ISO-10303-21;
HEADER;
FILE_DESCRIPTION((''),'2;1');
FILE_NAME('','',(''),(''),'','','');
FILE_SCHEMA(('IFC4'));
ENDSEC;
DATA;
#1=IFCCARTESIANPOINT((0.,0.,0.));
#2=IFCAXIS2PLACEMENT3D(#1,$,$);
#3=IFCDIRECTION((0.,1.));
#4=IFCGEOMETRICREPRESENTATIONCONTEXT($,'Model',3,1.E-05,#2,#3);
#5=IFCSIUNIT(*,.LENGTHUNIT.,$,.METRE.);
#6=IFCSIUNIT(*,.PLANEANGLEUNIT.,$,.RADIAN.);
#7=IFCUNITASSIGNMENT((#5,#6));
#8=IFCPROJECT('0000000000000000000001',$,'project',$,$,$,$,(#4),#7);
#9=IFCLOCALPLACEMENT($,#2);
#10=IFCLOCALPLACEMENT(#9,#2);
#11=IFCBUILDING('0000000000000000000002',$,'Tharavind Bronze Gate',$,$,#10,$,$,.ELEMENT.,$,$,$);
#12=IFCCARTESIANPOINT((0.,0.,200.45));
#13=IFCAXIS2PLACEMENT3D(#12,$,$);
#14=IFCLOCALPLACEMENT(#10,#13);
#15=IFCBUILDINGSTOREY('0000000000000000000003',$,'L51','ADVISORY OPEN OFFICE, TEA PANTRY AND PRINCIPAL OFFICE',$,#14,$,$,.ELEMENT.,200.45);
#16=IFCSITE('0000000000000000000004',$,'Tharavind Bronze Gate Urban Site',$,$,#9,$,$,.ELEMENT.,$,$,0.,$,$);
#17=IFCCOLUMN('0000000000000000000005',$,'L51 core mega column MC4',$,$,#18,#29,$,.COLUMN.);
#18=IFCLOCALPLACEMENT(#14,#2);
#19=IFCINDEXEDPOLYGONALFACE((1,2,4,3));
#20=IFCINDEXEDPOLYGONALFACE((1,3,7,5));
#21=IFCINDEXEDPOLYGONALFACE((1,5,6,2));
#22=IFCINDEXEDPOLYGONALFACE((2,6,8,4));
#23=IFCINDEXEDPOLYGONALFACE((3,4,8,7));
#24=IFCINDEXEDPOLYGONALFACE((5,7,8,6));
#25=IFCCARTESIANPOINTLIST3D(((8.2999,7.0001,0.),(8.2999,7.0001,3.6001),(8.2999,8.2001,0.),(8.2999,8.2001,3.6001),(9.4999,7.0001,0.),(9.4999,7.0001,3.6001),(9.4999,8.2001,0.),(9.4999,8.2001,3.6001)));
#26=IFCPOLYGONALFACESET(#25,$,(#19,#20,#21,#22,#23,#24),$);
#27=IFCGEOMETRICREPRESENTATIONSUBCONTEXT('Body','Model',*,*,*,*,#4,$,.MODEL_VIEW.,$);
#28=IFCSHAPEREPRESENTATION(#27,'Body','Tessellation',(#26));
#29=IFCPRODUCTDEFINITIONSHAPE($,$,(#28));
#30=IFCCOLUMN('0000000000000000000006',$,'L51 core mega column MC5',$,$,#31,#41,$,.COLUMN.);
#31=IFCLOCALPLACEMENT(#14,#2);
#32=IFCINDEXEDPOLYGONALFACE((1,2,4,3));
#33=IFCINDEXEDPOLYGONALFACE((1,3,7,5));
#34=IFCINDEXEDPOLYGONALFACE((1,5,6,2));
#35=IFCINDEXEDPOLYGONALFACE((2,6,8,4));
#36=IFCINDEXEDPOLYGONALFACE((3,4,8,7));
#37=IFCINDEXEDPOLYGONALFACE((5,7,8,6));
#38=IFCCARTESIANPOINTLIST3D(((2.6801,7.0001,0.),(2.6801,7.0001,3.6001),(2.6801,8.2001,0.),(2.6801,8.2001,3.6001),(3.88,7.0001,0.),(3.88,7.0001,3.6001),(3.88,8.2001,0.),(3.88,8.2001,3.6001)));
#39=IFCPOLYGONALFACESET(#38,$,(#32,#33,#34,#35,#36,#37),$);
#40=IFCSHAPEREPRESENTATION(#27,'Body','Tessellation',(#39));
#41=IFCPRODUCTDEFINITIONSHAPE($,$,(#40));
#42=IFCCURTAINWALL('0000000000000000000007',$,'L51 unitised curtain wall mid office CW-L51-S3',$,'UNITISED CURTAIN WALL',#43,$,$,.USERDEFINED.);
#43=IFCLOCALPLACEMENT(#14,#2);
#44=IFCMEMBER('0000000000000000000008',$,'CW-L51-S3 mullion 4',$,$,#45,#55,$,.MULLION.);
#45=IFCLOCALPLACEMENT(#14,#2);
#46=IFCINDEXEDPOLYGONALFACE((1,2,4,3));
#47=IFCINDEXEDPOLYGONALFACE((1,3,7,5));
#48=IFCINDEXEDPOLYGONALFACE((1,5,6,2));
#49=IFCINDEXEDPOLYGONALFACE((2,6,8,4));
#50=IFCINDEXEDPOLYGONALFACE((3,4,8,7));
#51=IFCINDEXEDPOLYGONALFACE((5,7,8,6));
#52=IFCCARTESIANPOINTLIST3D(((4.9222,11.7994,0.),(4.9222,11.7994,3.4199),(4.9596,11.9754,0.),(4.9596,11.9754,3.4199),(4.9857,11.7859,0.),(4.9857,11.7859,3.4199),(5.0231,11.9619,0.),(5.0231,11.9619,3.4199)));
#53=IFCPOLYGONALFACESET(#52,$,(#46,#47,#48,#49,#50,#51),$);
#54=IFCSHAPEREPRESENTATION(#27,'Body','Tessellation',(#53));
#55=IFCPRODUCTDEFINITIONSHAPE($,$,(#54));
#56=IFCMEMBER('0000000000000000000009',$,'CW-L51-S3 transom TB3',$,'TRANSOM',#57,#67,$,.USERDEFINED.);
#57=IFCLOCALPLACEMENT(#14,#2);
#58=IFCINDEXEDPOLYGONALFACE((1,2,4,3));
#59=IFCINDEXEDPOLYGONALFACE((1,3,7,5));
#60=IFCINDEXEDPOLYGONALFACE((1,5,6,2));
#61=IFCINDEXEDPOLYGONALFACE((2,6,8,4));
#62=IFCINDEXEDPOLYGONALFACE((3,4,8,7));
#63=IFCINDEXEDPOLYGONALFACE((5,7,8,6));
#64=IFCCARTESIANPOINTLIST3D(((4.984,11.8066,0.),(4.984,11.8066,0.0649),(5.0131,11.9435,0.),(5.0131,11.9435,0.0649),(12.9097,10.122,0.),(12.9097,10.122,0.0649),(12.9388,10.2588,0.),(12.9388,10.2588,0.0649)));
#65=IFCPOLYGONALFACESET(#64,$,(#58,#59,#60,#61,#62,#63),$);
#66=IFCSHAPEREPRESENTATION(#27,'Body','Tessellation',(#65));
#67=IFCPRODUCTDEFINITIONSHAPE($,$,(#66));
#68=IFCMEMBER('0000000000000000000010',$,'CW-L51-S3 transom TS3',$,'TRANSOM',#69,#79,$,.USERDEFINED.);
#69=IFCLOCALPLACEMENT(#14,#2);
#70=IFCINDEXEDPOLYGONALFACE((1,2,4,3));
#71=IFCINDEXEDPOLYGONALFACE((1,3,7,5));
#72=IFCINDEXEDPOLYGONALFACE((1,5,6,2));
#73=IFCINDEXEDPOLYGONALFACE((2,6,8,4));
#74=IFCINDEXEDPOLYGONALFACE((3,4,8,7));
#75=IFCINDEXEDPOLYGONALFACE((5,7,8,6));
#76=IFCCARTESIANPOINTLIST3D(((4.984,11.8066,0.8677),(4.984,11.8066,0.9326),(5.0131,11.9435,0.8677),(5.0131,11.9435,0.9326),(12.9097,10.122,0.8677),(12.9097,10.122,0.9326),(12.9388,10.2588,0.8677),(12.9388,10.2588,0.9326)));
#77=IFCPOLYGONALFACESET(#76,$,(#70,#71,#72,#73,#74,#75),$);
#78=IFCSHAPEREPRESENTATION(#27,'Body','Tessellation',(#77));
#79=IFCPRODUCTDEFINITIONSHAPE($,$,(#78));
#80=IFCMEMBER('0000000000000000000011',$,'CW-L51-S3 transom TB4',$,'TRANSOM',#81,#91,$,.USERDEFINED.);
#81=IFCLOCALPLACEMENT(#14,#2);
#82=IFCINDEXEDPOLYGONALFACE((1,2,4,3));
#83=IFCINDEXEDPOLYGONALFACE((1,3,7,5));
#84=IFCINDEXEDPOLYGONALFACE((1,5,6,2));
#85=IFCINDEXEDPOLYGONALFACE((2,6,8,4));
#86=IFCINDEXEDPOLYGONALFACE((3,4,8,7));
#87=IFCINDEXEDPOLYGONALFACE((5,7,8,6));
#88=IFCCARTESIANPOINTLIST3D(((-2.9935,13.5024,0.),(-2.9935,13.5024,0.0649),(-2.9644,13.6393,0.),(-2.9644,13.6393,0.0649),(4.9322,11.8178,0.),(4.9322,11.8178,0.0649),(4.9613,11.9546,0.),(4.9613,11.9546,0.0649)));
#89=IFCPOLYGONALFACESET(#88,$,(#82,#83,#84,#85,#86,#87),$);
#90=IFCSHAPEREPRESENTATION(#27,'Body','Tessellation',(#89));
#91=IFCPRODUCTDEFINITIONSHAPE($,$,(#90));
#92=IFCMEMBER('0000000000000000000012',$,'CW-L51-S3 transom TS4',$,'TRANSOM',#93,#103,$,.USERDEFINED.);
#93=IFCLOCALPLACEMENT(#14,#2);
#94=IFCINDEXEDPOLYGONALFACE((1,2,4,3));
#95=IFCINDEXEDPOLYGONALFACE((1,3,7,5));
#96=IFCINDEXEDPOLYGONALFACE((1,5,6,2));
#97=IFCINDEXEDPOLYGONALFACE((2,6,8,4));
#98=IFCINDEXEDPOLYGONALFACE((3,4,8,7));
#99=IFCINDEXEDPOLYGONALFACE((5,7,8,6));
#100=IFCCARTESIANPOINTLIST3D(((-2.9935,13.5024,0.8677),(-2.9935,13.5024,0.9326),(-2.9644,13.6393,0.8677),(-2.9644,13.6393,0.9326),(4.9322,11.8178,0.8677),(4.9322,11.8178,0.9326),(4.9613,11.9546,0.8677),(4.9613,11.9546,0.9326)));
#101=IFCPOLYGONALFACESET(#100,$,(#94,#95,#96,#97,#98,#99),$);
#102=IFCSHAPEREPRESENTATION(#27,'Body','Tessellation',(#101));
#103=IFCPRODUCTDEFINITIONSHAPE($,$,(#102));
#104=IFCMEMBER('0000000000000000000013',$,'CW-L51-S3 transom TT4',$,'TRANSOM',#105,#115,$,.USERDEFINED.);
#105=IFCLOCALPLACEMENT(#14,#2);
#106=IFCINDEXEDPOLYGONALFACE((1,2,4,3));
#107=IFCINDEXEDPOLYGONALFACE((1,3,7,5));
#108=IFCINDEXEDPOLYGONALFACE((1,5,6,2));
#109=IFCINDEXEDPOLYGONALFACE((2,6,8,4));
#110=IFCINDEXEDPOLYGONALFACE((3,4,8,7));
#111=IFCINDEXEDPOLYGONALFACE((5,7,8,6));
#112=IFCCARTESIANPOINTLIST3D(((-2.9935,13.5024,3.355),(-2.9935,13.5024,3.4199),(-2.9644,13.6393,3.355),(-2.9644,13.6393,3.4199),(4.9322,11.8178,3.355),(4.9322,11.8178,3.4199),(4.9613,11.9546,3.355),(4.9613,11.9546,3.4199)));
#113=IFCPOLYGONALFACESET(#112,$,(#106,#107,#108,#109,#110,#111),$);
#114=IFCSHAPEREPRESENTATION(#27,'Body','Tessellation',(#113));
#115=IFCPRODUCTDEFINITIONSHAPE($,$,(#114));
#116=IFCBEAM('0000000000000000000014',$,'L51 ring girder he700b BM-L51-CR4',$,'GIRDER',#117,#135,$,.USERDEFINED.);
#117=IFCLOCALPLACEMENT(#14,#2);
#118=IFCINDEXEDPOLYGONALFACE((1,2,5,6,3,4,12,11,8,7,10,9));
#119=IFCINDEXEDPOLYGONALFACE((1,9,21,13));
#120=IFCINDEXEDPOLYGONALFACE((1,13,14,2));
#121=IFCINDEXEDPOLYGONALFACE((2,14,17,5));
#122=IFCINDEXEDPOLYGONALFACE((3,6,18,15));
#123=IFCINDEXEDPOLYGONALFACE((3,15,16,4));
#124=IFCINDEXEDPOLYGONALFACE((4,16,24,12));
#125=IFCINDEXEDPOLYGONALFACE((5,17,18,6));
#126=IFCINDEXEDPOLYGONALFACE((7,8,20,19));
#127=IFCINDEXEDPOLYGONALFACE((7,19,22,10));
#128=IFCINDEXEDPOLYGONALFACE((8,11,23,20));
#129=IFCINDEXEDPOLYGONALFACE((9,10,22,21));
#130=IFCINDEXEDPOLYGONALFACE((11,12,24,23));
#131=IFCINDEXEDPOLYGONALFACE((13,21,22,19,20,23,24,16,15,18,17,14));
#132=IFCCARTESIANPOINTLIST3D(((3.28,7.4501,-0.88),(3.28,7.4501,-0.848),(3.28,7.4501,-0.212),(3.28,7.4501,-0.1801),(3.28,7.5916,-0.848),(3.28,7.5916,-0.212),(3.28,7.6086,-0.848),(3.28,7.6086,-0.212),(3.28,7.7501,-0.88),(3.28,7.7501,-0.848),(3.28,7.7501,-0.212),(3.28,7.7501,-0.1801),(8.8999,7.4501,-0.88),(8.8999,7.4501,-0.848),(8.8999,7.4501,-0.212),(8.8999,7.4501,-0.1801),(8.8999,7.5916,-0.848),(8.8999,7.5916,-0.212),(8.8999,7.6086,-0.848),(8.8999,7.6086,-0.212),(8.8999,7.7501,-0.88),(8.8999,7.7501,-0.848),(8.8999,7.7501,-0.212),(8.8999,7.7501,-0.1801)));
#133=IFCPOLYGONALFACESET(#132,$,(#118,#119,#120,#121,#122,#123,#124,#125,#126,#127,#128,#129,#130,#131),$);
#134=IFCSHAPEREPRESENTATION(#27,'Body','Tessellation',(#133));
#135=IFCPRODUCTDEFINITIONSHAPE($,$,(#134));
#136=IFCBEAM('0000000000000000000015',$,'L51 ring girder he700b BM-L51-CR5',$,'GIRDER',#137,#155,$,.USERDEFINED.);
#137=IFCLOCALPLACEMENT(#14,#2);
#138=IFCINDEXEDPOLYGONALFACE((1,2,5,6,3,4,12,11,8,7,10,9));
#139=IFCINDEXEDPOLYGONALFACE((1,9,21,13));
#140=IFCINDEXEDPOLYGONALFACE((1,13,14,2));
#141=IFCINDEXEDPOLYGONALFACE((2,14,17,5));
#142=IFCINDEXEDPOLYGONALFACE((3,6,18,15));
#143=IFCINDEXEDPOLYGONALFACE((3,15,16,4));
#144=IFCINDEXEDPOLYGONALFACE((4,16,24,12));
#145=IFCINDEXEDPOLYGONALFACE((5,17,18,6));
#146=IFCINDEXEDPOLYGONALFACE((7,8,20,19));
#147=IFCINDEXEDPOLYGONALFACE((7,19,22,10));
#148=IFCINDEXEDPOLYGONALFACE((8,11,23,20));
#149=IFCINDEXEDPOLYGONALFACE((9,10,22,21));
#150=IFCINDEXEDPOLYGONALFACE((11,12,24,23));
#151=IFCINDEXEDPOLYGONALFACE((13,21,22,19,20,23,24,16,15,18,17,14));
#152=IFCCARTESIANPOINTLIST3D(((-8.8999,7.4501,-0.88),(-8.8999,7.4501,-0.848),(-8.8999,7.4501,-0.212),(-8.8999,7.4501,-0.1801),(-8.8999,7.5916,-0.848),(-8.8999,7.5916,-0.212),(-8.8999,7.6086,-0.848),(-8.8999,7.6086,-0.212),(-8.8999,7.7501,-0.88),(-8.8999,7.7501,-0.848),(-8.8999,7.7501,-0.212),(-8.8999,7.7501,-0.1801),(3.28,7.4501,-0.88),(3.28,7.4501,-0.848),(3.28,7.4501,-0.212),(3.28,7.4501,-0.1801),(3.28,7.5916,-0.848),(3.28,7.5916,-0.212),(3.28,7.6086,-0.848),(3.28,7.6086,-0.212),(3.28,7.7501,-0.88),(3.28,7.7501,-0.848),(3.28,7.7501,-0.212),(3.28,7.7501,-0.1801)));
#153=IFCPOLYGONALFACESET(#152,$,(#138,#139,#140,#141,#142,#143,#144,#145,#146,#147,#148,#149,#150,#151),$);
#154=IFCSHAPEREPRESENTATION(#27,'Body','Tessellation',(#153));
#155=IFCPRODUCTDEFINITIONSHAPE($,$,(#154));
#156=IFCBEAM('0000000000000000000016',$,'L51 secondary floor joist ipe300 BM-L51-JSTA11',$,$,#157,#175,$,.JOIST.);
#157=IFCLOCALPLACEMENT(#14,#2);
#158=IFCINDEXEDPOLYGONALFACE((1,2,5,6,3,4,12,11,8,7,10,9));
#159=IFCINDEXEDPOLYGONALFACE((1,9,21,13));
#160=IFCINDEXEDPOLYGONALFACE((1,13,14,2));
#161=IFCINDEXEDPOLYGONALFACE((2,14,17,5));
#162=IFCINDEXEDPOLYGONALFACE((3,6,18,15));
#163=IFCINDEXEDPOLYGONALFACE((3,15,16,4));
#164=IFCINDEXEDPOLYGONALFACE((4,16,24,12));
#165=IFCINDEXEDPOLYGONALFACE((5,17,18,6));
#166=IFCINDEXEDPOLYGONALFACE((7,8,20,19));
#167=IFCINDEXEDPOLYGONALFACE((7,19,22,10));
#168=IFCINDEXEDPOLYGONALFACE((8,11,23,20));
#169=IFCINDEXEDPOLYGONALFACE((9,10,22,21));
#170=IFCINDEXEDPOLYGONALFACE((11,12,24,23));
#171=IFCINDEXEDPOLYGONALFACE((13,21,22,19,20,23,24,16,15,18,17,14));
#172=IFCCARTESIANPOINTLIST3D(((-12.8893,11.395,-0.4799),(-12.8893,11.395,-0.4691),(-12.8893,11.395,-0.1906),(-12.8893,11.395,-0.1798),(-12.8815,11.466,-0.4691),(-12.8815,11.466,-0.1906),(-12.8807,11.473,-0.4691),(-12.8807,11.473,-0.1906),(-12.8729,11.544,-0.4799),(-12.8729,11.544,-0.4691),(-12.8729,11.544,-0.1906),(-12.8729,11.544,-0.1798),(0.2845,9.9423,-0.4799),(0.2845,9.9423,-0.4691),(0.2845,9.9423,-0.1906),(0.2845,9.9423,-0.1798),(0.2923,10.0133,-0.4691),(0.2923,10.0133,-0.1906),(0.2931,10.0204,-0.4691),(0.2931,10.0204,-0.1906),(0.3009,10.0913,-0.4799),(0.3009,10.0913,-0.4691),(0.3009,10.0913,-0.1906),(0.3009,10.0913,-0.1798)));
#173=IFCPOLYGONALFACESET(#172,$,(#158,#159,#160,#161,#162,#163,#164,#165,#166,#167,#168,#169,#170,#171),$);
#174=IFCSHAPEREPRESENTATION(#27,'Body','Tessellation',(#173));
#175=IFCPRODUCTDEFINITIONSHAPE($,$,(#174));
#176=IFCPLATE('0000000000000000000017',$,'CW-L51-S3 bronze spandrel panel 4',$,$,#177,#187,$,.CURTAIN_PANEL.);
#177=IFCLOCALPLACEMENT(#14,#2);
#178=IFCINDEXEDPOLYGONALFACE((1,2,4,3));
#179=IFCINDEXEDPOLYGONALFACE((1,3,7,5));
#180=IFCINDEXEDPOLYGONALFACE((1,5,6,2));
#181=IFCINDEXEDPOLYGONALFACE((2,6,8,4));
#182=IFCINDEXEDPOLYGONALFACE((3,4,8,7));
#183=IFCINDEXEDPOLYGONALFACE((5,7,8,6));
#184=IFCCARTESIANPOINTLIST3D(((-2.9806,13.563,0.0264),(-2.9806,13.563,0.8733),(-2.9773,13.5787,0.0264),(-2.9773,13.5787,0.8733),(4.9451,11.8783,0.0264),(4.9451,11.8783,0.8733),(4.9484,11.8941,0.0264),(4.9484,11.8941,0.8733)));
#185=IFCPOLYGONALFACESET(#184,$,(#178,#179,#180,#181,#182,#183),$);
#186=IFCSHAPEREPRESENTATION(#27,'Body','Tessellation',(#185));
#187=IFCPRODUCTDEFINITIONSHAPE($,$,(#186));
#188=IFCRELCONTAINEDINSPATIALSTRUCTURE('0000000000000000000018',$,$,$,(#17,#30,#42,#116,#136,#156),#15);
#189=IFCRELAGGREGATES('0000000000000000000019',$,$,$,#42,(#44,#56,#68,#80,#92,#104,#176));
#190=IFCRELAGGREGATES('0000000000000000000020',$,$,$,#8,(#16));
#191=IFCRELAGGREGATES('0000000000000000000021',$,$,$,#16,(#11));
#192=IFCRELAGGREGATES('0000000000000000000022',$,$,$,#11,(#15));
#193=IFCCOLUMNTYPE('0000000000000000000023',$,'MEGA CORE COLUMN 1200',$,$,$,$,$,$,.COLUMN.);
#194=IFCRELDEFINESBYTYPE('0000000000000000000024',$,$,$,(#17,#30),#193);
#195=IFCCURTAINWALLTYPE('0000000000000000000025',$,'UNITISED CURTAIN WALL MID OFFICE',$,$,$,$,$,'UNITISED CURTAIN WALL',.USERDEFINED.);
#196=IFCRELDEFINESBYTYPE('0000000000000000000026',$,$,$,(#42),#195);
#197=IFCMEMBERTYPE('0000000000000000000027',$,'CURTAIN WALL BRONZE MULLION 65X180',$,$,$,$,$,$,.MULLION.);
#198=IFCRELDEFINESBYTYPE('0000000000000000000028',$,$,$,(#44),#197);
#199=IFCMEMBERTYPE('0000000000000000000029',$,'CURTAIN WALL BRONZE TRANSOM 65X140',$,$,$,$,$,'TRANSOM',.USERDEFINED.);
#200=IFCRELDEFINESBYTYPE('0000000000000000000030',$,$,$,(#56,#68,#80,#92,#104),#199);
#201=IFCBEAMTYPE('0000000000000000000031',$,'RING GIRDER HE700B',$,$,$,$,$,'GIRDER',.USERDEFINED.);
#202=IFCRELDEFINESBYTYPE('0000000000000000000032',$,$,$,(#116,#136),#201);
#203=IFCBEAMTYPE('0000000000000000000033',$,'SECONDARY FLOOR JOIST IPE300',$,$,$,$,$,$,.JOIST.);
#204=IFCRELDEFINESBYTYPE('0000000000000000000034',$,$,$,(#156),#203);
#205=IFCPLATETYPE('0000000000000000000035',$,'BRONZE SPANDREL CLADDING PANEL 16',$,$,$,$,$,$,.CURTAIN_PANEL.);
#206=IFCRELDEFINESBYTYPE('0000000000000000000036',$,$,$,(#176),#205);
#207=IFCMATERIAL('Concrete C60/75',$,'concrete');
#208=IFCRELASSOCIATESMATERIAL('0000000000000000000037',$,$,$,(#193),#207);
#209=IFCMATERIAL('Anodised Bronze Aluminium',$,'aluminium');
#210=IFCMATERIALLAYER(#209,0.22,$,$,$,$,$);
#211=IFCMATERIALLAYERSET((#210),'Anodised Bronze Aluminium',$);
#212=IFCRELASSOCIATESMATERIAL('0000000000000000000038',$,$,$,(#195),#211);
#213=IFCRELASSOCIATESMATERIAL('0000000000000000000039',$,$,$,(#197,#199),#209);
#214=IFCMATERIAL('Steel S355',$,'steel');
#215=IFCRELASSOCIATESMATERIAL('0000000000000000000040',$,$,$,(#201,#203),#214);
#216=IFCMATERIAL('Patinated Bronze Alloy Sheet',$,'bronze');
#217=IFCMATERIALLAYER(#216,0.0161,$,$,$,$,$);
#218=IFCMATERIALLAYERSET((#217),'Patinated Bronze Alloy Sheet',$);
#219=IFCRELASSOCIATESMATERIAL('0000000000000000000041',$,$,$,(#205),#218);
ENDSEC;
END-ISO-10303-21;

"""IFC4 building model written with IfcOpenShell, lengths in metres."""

from ifc_helpers import new_model, si_unit, direction, frame, origin, origin_2d, place, context, subcontext, project, spatial, rectangle, i_section, extrude, material, layer, layer_set, material_profile, profile_set, type_object, element, aggregate, save


model = new_model("IFC4")

# Units and contexts
model_context = context("Model", 3, precision=1e-05, world=origin(), true_north=direction((0.0, 1.0)))
body_context = subcontext(model_context, "Body", "Model", "MODEL_VIEW")
ifc_project = project(units=[si_unit("LENGTHUNIT", "METRE"), si_unit("PLANEANGLEUNIT", "RADIAN")], contexts=[model_context])

# Site, building, storey
site_placement = place(None, origin())
site = spatial("IfcSite", under=ifc_project, at=site_placement, Name="Tharavind Bronze Gate Urban Site", CompositionType="ELEMENT", RefElevation=0.0)
building_placement = place(site_placement, origin())
building = spatial("IfcBuilding", under=site, at=building_placement, Name="Tharavind Bronze Gate", CompositionType="ELEMENT")
storey_placement = place(building_placement, frame((0.0, 0.0, 200.45)))
storey = spatial("IfcBuildingStorey", under=building, at=storey_placement, Name="L51", Description="ADVISORY OPEN OFFICE, TEA PANTRY AND PRINCIPAL OFFICE", CompositionType="ELEMENT", Elevation=200.45)

# Columns
ifc_material_1 = material(Name="Concrete C60/75", Category="concrete")
ifc_material_profile_1 = material_profile(ifc_material_1, rectangle(XDim=1.2, YDim=1.2, at=origin_2d()), Name="RCCOL1200")
ifc_profile_set_1 = profile_set([ifc_material_profile_1], Name="Concrete C60/75")
column_type = type_object("IfcColumnType", Name="MEGA CORE COLUMN 1200", PredefinedType="COLUMN", material=ifc_profile_set_1)
for number, where, z_axis, x_axis, name in (
    (1, (8.8999, 7.6001, 0.0), (0.0, 0.0, 1.0), (1.0, 0.0, 0.0), "L51 core mega column MC4"),
    (2, (3.28, 7.6001, 0.0), (0.0, 0.0, 1.0), (1.0, 0.0, 0.0), "L51 core mega column MC5"),
):
    element("IfcColumn", number, at=place(storey_placement, frame(where, z_axis=z_axis, x_axis=x_axis)), inside=storey, type_object=column_type, Name=name, PredefinedType="COLUMN", context=body_context, shape_type="SweptSolid", body=[
        extrude(rectangle(XDim=1.2, YDim=1.2, at=origin_2d()), origin(), (0.0, 0.0, 1.0), 3.6001),
    ])

# Curtain wall, members
ifc_material_2 = material(Name="Anodised Bronze Aluminium", Category="aluminium")
ifc_layer_1 = layer(ifc_material_2, 0.22)
ifc_layer_set_1 = layer_set([ifc_layer_1], Name="Anodised Bronze Aluminium")
curtain_wall_type = type_object("IfcCurtainWallType", Name="UNITISED CURTAIN WALL MID OFFICE", ElementType="UNITISED CURTAIN WALL", PredefinedType="USERDEFINED", material=ifc_layer_set_1)
curtain_wall_placement = place(storey_placement, origin())
curtain_wall = element("IfcCurtainWall", 3, at=curtain_wall_placement, inside=storey, type_object=curtain_wall_type, Name="L51 unitised curtain wall mid office CW-L51-S3", ObjectType="UNITISED CURTAIN WALL", PredefinedType="USERDEFINED")
member_type_1 = type_object("IfcMemberType", Name="CURTAIN WALL BRONZE MULLION 65X180", PredefinedType="MULLION", material=ifc_material_2)
member_1_placement = place(storey_placement, frame((4.9727, 11.8806, 0.0), z_axis=(0.0, 0.0, 1.0), x_axis=(-0.978148, 0.207912, 0.0)))
member_1 = element("IfcMember", 4, at=member_1_placement, type_object=member_type_1, Name="CW-L51-S3 mullion 4", PredefinedType="MULLION", context=body_context, shape_type="SweptSolid", body=[
    extrude(rectangle(XDim=0.0649, YDim=0.1799, at=origin_2d()), origin(), (0.0, 0.0, 1.0), 3.4199),
])
member_type_2 = type_object("IfcMemberType", Name="CURTAIN WALL BRONZE TRANSOM 65X140", ElementType="TRANSOM", PredefinedType="USERDEFINED", material=ifc_material_2)
member_2_placement = place(storey_placement, frame((8.9614, 11.0327, 0.0), z_axis=(0.0, 0.0, 1.0), x_axis=(-0.978148, 0.207912, 0.0)))
member_2 = element("IfcMember", 5, at=member_2_placement, type_object=member_type_2, Name="CW-L51-S3 transom TB3", ObjectType="TRANSOM", PredefinedType="USERDEFINED", context=body_context, shape_type="SweptSolid", body=[
    extrude(rectangle(XDim=8.1028, YDim=0.1399, at=origin_2d()), origin(), (0.0, 0.0, 1.0), 0.0649),
])
member_3_placement = place(storey_placement, frame((8.9614, 11.0327, 0.8677), z_axis=(0.0, 0.0, 1.0), x_axis=(-0.978148, 0.207912, 0.0)))
member_3 = element("IfcMember", 6, at=member_3_placement, type_object=member_type_2, Name="CW-L51-S3 transom TS3", ObjectType="TRANSOM", PredefinedType="USERDEFINED", context=body_context, shape_type="SweptSolid", body=[
    extrude(rectangle(XDim=8.1028, YDim=0.1399, at=origin_2d()), origin(), (0.0, 0.0, 1.0), 0.0649),
])
member_4_placement = place(storey_placement, frame((0.9839, 12.7285, 0.0), z_axis=(0.0, 0.0, 1.0), x_axis=(-0.978148, 0.207912, 0.0)))
member_4 = element("IfcMember", 7, at=member_4_placement, type_object=member_type_2, Name="CW-L51-S3 transom TB4", ObjectType="TRANSOM", PredefinedType="USERDEFINED", context=body_context, shape_type="SweptSolid", body=[
    extrude(rectangle(XDim=8.1028, YDim=0.1399, at=origin_2d()), origin(), (0.0, 0.0, 1.0), 0.0649),
])
member_5_placement = place(storey_placement, frame((0.9839, 12.7285, 0.8677), z_axis=(0.0, 0.0, 1.0), x_axis=(-0.978148, 0.207912, 0.0)))
member_5 = element("IfcMember", 8, at=member_5_placement, type_object=member_type_2, Name="CW-L51-S3 transom TS4", ObjectType="TRANSOM", PredefinedType="USERDEFINED", context=body_context, shape_type="SweptSolid", body=[
    extrude(rectangle(XDim=8.1028, YDim=0.1399, at=origin_2d()), origin(), (0.0, 0.0, 1.0), 0.0649),
])
member_6_placement = place(storey_placement, frame((0.9839, 12.7285, 3.355), z_axis=(0.0, 0.0, 1.0), x_axis=(-0.978148, 0.207912, 0.0)))
member_6 = element("IfcMember", 9, at=member_6_placement, type_object=member_type_2, Name="CW-L51-S3 transom TT4", ObjectType="TRANSOM", PredefinedType="USERDEFINED", context=body_context, shape_type="SweptSolid", body=[
    extrude(rectangle(XDim=8.1028, YDim=0.1399, at=origin_2d()), origin(), (0.0, 0.0, 1.0), 0.0649),
])

# Beams
ifc_material_3 = material(Name="Steel S355", Category="steel")
ifc_material_profile_2 = material_profile(ifc_material_3, i_section(OverallWidth=0.3, OverallDepth=0.7, WebThickness=0.0171, FlangeThickness=0.032, at=origin_2d()), Name="HE700B")
ifc_profile_set_2 = profile_set([ifc_material_profile_2], Name="Steel S355")
beam_type_1 = type_object("IfcBeamType", Name="RING GIRDER HE700B", ElementType="GIRDER", PredefinedType="USERDEFINED", material=ifc_profile_set_2)
beam_1_placement = place(storey_placement, frame((8.8999, 7.6001, -0.53), z_axis=(-1.0, 0.0, 0.0), x_axis=(0.0, -1.0, 0.0)))
element("IfcBeam", 10, at=beam_1_placement, inside=storey, type_object=beam_type_1, Name="L51 ring girder he700b BM-L51-CR4", ObjectType="GIRDER", PredefinedType="USERDEFINED", context=body_context, shape_type="SweptSolid", body=[
    extrude(i_section(OverallWidth=0.3, OverallDepth=0.7, WebThickness=0.0171, FlangeThickness=0.032, at=origin_2d()), origin(), (0.0, 0.0, 1.0), 5.6199),
])
beam_2_placement = place(storey_placement, frame((3.28, 7.6001, -0.53), z_axis=(-1.0, 0.0, 0.0), x_axis=(0.0, -1.0, 0.0)))
element("IfcBeam", 11, at=beam_2_placement, inside=storey, type_object=beam_type_1, Name="L51 ring girder he700b BM-L51-CR5", ObjectType="GIRDER", PredefinedType="USERDEFINED", context=body_context, shape_type="SweptSolid", body=[
    extrude(i_section(OverallWidth=0.3, OverallDepth=0.7, WebThickness=0.0171, FlangeThickness=0.032, at=origin_2d()), origin(), (0.0, 0.0, 1.0), 12.1799),
])
ifc_material_profile_3 = material_profile(ifc_material_3, i_section(OverallWidth=0.1499, OverallDepth=0.3, WebThickness=0.0071, FlangeThickness=0.0107, at=origin_2d()), Name="IPE300")
ifc_profile_set_3 = profile_set([ifc_material_profile_3], Name="Steel S355")
beam_type_2 = type_object("IfcBeamType", Name="SECONDARY FLOOR JOIST IPE300", PredefinedType="JOIST", material=ifc_profile_set_3)
beam_3_placement = place(storey_placement, frame((0.2927, 10.0168, -0.3298), z_axis=(-0.993975, 0.109603, 0.0), x_axis=(-0.109603, -0.993975, 0.0)))
element("IfcBeam", 12, at=beam_3_placement, inside=storey, type_object=beam_type_2, Name="L51 secondary floor joist ipe300 BM-L51-JSTA11", PredefinedType="JOIST", context=body_context, shape_type="SweptSolid", body=[
    extrude(i_section(OverallWidth=0.1499, OverallDepth=0.3, WebThickness=0.0071, FlangeThickness=0.0107, at=origin_2d()), origin(), (0.0, 0.0, 1.0), 13.2537),
])

# Plate
ifc_material_4 = material(Name="Patinated Bronze Alloy Sheet", Category="bronze")
ifc_layer_2 = layer(ifc_material_4, 0.0161)
ifc_layer_set_2 = layer_set([ifc_layer_2], Name="Patinated Bronze Alloy Sheet")
plate_type_1 = type_object("IfcPlateType", Name="BRONZE SPANDREL CLADDING PANEL 16", PredefinedType="CURTAIN_PANEL", material=ifc_layer_set_2)
plate_1_placement = place(storey_placement, frame((0.9839, 12.7285, 0.0264), z_axis=(0.0, 0.0, 1.0), x_axis=(-0.978148, 0.207912, 0.0)))
plate_1 = element("IfcPlate", 13, at=plate_1_placement, type_object=plate_type_1, Name="CW-L51-S3 bronze spandrel panel 4", PredefinedType="CURTAIN_PANEL", context=body_context, shape_type="SweptSolid", body=[
    extrude(rectangle(XDim=8.1028, YDim=0.0161, at=origin_2d()), origin(), (0.0, 0.0, 1.0), 0.8469),
])
aggregate(curtain_wall, [member_1, member_2, member_3, member_4, member_5, member_6, plate_1])

save(model, "model.ifc")
